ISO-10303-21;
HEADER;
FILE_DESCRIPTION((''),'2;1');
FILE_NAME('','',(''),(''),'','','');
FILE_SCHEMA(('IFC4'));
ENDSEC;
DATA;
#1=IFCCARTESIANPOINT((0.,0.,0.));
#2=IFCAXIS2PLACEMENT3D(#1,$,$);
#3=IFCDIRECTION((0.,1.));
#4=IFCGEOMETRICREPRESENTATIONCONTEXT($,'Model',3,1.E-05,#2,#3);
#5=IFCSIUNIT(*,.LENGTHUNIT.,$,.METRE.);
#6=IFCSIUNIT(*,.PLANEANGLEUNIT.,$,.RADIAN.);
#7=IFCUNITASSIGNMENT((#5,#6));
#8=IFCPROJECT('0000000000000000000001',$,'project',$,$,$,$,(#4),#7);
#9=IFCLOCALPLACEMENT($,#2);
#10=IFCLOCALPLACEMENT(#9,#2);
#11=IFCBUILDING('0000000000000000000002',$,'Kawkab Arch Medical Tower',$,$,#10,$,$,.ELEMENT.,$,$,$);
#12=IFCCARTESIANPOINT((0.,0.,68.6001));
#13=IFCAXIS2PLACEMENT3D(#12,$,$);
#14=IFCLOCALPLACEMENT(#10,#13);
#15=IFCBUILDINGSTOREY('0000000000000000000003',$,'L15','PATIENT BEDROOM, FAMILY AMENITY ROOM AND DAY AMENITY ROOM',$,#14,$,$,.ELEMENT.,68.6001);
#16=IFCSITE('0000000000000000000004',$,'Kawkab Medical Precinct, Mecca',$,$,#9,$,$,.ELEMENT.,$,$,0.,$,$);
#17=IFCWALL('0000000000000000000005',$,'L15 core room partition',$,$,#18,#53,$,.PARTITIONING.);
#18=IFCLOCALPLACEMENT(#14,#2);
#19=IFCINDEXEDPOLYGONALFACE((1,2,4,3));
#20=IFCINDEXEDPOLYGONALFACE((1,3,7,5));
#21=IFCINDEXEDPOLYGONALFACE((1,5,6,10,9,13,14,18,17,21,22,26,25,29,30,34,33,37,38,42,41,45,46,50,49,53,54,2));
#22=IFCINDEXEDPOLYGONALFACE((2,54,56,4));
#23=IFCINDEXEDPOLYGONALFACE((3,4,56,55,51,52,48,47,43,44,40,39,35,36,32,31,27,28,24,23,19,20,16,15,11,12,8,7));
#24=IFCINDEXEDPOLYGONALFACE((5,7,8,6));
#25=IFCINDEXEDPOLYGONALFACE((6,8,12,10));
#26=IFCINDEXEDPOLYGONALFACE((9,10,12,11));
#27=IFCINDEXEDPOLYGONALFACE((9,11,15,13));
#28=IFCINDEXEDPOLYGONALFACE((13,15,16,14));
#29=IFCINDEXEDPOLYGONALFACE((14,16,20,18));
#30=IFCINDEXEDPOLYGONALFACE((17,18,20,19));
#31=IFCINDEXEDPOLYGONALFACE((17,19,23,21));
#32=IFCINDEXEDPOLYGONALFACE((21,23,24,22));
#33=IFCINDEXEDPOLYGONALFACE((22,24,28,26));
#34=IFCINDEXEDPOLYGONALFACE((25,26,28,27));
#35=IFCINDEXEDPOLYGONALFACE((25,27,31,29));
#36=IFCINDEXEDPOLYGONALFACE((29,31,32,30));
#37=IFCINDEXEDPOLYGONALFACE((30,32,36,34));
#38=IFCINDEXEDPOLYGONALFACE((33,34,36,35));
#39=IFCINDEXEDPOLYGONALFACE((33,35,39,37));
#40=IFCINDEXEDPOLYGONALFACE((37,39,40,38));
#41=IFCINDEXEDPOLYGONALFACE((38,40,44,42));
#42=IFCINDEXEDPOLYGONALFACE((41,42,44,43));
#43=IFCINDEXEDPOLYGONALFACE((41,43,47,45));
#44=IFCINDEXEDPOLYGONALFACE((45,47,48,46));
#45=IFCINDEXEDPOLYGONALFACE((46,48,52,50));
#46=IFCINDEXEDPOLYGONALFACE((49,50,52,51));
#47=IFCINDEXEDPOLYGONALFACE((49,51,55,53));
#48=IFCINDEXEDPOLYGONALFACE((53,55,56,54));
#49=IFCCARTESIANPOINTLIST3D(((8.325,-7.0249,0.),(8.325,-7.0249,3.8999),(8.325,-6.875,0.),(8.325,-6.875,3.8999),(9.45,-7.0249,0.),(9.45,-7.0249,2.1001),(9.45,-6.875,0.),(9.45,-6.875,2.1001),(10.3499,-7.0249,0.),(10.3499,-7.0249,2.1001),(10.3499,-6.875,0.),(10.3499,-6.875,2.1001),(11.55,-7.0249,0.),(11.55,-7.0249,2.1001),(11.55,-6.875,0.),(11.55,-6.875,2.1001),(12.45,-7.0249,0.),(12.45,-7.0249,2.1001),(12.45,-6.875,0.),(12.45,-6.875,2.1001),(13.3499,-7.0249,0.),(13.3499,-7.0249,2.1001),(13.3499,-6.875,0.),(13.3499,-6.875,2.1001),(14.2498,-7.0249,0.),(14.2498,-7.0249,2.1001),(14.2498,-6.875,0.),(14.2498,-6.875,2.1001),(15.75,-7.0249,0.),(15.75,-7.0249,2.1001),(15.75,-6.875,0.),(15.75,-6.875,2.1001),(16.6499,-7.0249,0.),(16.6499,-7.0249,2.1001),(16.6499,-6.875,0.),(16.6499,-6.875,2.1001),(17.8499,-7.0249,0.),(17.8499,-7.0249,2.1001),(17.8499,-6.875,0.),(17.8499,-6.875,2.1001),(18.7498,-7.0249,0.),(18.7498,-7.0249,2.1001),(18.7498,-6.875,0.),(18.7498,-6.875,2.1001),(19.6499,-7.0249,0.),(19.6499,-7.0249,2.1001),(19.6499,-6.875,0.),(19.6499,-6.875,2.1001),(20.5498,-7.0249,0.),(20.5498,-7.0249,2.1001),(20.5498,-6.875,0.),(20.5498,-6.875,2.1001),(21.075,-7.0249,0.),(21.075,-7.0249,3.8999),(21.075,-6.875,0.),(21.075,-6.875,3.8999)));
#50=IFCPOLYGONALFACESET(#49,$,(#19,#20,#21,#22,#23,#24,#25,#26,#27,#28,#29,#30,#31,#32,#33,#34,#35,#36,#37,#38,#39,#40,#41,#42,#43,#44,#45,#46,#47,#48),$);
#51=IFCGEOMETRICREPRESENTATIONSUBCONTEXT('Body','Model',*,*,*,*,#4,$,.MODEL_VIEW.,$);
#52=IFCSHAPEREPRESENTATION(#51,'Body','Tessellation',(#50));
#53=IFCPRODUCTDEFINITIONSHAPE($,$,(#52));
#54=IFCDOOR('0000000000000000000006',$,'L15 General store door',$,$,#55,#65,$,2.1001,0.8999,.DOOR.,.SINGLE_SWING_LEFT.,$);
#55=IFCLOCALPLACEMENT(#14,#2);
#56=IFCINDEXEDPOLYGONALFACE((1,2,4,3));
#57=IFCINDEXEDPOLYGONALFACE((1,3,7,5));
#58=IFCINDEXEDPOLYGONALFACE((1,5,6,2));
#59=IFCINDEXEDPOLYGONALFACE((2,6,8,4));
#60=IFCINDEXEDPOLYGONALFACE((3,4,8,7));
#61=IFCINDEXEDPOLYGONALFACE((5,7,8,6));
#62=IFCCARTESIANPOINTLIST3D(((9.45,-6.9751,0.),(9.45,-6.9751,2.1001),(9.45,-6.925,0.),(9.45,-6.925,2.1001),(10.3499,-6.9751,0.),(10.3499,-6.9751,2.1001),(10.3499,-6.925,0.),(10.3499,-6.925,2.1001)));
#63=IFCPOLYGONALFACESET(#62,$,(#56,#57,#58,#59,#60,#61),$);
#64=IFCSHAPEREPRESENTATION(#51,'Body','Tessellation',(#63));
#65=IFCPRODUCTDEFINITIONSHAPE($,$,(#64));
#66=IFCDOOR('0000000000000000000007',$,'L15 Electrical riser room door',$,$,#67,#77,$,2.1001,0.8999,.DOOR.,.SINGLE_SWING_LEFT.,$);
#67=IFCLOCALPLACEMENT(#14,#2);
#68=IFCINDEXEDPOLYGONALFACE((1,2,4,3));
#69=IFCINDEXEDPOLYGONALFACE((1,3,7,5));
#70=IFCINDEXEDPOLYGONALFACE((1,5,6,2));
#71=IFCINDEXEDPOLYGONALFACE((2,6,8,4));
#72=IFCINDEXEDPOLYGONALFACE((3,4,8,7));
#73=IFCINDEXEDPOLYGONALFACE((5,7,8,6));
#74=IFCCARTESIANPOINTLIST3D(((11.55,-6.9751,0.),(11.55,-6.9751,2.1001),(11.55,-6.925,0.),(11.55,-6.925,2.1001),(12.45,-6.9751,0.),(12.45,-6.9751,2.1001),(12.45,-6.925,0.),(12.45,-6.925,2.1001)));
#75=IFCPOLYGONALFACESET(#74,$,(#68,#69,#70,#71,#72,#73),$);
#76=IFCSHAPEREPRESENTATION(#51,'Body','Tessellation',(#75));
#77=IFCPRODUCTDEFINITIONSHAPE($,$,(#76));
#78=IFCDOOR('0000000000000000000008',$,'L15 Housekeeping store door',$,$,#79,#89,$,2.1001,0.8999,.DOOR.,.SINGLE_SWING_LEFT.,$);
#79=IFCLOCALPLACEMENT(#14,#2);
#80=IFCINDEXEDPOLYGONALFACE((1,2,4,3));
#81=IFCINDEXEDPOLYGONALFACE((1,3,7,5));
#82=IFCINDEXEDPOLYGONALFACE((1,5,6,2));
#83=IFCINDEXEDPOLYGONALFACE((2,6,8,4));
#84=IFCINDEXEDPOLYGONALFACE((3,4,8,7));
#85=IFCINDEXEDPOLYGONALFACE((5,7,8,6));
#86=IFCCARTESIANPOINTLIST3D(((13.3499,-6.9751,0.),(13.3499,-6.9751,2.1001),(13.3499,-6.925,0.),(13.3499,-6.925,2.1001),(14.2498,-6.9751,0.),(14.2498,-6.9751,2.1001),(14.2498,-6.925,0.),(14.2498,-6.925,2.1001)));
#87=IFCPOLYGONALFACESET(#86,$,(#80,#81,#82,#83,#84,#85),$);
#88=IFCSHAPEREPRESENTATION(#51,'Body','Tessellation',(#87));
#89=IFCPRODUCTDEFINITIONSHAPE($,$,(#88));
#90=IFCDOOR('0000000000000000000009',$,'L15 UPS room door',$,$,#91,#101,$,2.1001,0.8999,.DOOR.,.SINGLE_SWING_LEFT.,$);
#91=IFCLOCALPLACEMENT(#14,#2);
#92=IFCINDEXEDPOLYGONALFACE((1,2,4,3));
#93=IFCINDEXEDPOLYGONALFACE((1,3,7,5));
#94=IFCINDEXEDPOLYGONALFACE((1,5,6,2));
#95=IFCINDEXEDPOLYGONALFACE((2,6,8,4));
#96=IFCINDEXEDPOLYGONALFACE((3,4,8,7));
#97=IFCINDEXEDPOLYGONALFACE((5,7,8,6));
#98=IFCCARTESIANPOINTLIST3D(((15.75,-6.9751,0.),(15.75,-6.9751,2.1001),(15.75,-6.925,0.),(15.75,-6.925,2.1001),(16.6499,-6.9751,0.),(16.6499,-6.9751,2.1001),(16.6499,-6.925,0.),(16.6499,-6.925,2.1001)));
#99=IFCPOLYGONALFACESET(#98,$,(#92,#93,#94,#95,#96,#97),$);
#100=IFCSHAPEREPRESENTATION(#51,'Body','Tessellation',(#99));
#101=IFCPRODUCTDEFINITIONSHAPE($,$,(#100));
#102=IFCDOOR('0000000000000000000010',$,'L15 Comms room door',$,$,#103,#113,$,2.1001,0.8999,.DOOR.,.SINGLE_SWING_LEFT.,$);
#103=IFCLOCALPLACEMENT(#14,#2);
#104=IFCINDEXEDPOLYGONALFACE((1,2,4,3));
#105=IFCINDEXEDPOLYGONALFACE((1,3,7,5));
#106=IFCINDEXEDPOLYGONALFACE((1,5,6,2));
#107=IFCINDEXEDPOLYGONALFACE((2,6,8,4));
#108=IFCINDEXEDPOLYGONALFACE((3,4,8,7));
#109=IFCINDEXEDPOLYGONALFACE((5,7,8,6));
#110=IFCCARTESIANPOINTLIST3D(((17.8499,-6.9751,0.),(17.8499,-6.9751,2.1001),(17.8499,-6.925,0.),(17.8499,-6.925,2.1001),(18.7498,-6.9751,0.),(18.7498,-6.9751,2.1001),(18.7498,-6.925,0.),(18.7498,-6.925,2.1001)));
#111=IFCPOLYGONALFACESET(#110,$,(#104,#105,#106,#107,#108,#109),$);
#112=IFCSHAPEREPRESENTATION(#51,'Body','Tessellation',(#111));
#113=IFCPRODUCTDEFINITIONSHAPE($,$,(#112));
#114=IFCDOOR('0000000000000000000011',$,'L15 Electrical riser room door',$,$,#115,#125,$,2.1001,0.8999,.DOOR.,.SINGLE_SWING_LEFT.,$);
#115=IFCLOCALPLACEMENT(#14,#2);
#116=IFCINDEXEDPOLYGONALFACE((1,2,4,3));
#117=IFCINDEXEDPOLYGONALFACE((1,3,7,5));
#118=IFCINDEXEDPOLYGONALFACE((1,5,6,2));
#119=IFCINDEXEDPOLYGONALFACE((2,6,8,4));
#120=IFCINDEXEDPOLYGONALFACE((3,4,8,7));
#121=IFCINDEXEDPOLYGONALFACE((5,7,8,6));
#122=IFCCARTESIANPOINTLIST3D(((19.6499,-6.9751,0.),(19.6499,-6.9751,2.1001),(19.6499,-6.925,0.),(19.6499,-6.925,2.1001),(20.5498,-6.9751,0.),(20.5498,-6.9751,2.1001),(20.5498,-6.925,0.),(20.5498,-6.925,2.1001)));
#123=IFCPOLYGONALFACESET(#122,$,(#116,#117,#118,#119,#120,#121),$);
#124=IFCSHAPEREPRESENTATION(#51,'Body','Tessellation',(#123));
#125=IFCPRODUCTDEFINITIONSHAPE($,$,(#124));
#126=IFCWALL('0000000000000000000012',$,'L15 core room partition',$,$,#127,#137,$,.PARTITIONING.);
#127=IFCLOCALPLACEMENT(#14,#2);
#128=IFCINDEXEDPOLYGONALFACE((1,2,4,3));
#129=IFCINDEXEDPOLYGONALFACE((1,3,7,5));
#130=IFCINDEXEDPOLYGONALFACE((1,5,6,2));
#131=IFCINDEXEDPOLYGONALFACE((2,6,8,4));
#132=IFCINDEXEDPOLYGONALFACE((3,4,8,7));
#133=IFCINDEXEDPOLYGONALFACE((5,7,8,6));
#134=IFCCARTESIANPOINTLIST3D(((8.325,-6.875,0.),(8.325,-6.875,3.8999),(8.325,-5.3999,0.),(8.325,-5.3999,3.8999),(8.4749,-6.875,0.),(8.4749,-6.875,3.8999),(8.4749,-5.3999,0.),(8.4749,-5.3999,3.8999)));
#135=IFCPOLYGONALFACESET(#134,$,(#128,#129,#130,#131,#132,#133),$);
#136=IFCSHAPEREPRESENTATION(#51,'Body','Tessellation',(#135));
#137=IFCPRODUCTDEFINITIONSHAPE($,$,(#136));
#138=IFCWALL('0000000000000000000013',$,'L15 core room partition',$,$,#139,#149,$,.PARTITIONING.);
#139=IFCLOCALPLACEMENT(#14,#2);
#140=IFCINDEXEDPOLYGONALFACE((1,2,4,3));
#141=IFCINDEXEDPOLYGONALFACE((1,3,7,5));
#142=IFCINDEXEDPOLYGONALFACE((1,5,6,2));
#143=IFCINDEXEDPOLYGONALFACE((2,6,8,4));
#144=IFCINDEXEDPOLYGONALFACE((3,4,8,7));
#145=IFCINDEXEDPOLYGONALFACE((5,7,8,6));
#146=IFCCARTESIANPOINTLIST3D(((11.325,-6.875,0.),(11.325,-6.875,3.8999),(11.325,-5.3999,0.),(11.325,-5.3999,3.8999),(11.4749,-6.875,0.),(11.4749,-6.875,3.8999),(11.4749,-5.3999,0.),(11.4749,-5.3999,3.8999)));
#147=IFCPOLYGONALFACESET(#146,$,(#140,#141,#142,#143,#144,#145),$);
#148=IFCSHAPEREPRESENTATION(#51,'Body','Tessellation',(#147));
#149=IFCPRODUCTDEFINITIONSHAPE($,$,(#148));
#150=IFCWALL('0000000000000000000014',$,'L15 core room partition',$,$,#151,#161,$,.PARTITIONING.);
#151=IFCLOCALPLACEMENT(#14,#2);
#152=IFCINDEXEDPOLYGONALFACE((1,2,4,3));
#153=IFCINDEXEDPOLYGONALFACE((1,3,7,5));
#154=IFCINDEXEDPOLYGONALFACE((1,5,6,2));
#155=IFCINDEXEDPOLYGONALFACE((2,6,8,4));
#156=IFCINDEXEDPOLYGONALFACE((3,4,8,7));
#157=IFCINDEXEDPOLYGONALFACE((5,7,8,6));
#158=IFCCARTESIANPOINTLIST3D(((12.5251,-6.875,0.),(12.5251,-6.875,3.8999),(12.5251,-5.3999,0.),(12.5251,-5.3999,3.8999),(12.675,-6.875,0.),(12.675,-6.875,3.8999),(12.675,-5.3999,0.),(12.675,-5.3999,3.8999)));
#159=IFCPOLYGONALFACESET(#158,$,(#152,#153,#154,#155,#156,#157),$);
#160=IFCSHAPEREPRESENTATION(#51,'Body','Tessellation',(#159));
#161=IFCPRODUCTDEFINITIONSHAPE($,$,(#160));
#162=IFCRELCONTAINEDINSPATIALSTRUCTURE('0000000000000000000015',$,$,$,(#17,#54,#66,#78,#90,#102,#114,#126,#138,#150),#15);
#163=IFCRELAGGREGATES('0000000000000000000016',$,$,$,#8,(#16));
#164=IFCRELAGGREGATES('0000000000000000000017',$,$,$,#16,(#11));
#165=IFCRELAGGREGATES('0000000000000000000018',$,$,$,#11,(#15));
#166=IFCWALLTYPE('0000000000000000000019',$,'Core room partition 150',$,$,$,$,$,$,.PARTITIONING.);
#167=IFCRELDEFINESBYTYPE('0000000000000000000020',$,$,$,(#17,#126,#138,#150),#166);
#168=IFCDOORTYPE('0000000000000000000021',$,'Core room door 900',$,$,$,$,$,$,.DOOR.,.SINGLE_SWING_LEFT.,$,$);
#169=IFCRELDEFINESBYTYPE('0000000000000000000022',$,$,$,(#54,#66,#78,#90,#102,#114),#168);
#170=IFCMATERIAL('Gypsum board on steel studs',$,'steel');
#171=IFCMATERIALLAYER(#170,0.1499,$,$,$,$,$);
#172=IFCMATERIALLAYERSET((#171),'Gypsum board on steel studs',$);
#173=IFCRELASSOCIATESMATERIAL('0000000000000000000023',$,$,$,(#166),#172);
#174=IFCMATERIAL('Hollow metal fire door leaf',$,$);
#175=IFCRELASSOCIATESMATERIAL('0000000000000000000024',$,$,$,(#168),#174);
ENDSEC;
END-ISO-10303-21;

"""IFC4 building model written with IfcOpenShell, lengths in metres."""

from ifc_helpers import new_model, si_unit, direction, frame, frame_2d, origin, place, context, subcontext, project, spatial, rectangle, extrude, material, layer, layer_set, type_object, element, fill, save


model = new_model("IFC4")

# Units and contexts
model_context = context("Model", 3, precision=1e-05, world=origin(), true_north=direction((0.0, 1.0)))
body_context = subcontext(model_context, "Body", "Model", "MODEL_VIEW")
ifc_project = project(units=[si_unit("LENGTHUNIT", "METRE"), si_unit("PLANEANGLEUNIT", "RADIAN")], contexts=[model_context])

# Site, building, storey
site_placement = place(None, origin())
site = spatial("IfcSite", under=ifc_project, at=site_placement, Name="Kawkab Medical Precinct, Mecca", CompositionType="ELEMENT", RefElevation=0.0)
building_placement = place(site_placement, origin())
building = spatial("IfcBuilding", under=site, at=building_placement, Name="Kawkab Arch Medical Tower", CompositionType="ELEMENT")
storey_placement = place(building_placement, frame((0.0, 0.0, 68.6001)))
storey = spatial("IfcBuildingStorey", under=building, at=storey_placement, Name="L15", Description="PATIENT BEDROOM, FAMILY AMENITY ROOM AND DAY AMENITY ROOM", CompositionType="ELEMENT", Elevation=68.6001)

# Wall, openings, doors
ifc_material_1 = material(Name="Gypsum board on steel studs", Category="steel")
ifc_layer_1 = layer(ifc_material_1, 0.1499)
ifc_layer_set_1 = layer_set([ifc_layer_1], Name="Gypsum board on steel studs")
wall_type = type_object("IfcWallType", Name="Core room partition 150", PredefinedType="PARTITIONING", material=ifc_layer_set_1)
wall_placement = place(storey_placement, frame((8.325, -6.95, 0.0), z_axis=(0.0, 0.0, 1.0), x_axis=(1.0, 0.0, 0.0)))
wall = element("IfcWall", 1, at=wall_placement, inside=storey, type_object=wall_type, Name="L15 core room partition", PredefinedType="PARTITIONING", context=body_context, shape_type="SweptSolid", body=[
    extrude(rectangle(XDim=12.75, YDim=0.1499, at=frame_2d((6.375, 0.0))), origin(), (0.0, 0.0, 1.0), 3.8999),
])
opening_1_placement = place(wall_placement, frame((1.125, 0.0, 0.0)))
opening_1 = element("IfcOpeningElement", 2, at=opening_1_placement, cuts=wall, PredefinedType="OPENING", context=body_context, shape_type="SweptSolid", body=[
    extrude(rectangle(XDim=0.8999, YDim=2.1001, at=frame_2d((0.45, 1.05))), frame((0.0, 0.085, 0.0), z_axis=(0.0, -1.0, 0.0), x_axis=(1.0, 0.0, 0.0)), (0.0, 0.0, 1.0), 0.1699),
])
opening_2_placement = place(wall_placement, frame((3.2251, 0.0, 0.0)))
opening_2 = element("IfcOpeningElement", 3, at=opening_2_placement, cuts=wall, PredefinedType="OPENING", context=body_context, shape_type="SweptSolid", body=[
    extrude(rectangle(XDim=0.8999, YDim=2.1001, at=frame_2d((0.45, 1.05))), frame((0.0, 0.085, 0.0), z_axis=(0.0, -1.0, 0.0), x_axis=(1.0, 0.0, 0.0)), (0.0, 0.0, 1.0), 0.1699),
])
opening_3_placement = place(wall_placement, frame((5.0249, 0.0, 0.0)))
opening_3 = element("IfcOpeningElement", 4, at=opening_3_placement, cuts=wall, PredefinedType="OPENING", context=body_context, shape_type="SweptSolid", body=[
    extrude(rectangle(XDim=0.8999, YDim=2.1001, at=frame_2d((0.45, 1.05))), frame((0.0, 0.085, 0.0), z_axis=(0.0, -1.0, 0.0), x_axis=(1.0, 0.0, 0.0)), (0.0, 0.0, 1.0), 0.1699),
])
opening_4_placement = place(wall_placement, frame((7.425, 0.0, 0.0)))
opening_4 = element("IfcOpeningElement", 5, at=opening_4_placement, cuts=wall, PredefinedType="OPENING", context=body_context, shape_type="SweptSolid", body=[
    extrude(rectangle(XDim=0.8999, YDim=2.1001, at=frame_2d((0.45, 1.05))), frame((0.0, 0.085, 0.0), z_axis=(0.0, -1.0, 0.0), x_axis=(1.0, 0.0, 0.0)), (0.0, 0.0, 1.0), 0.1699),
])
opening_5_placement = place(wall_placement, frame((9.5249, 0.0, 0.0)))
opening_5 = element("IfcOpeningElement", 6, at=opening_5_placement, cuts=wall, PredefinedType="OPENING", context=body_context, shape_type="SweptSolid", body=[
    extrude(rectangle(XDim=0.8999, YDim=2.1001, at=frame_2d((0.45, 1.05))), frame((0.0, 0.085, 0.0), z_axis=(0.0, -1.0, 0.0), x_axis=(1.0, 0.0, 0.0)), (0.0, 0.0, 1.0), 0.1699),
])
opening_6_placement = place(wall_placement, frame((11.325, 0.0, 0.0)))
opening_6 = element("IfcOpeningElement", 7, at=opening_6_placement, cuts=wall, PredefinedType="OPENING", context=body_context, shape_type="SweptSolid", body=[
    extrude(rectangle(XDim=0.8999, YDim=2.1001, at=frame_2d((0.45, 1.05))), frame((0.0, 0.085, 0.0), z_axis=(0.0, -1.0, 0.0), x_axis=(1.0, 0.0, 0.0)), (0.0, 0.0, 1.0), 0.1699),
])
ifc_material_2 = material(Name="Hollow metal fire door leaf")
door_type = type_object("IfcDoorType", Name="Core room door 900", OperationType="SINGLE_SWING_LEFT", PredefinedType="DOOR", material=ifc_material_2)
door_1_placement = place(opening_1_placement, origin())
door_1 = element("IfcDoor", 8, at=door_1_placement, inside=storey, type_object=door_type, Name="L15 General store door", OperationType="SINGLE_SWING_LEFT", OverallHeight=2.1001, OverallWidth=0.8999, PredefinedType="DOOR", context=body_context, shape_type="SweptSolid", body=[
    extrude(rectangle(XDim=0.8999, YDim=2.1001, at=frame_2d((0.45, 1.05))), frame((0.0, 0.0249, 0.0), z_axis=(0.0, -1.0, 0.0), x_axis=(1.0, 0.0, 0.0)), (0.0, 0.0, 1.0), 0.05),
])
fill(opening_1, door_1)
door_2_placement = place(opening_2_placement, origin())
door_2 = element("IfcDoor", 9, at=door_2_placement, inside=storey, type_object=door_type, Name="L15 Electrical riser room door", OperationType="SINGLE_SWING_LEFT", OverallHeight=2.1001, OverallWidth=0.8999, PredefinedType="DOOR", context=body_context, shape_type="SweptSolid", body=[
    extrude(rectangle(XDim=0.8999, YDim=2.1001, at=frame_2d((0.45, 1.05))), frame((0.0, 0.0249, 0.0), z_axis=(0.0, -1.0, 0.0), x_axis=(1.0, 0.0, 0.0)), (0.0, 0.0, 1.0), 0.05),
])
fill(opening_2, door_2)
door_3_placement = place(opening_3_placement, origin())
door_3 = element("IfcDoor", 10, at=door_3_placement, inside=storey, type_object=door_type, Name="L15 Housekeeping store door", OperationType="SINGLE_SWING_LEFT", OverallHeight=2.1001, OverallWidth=0.8999, PredefinedType="DOOR", context=body_context, shape_type="SweptSolid", body=[
    extrude(rectangle(XDim=0.8999, YDim=2.1001, at=frame_2d((0.45, 1.05))), frame((0.0, 0.0249, 0.0), z_axis=(0.0, -1.0, 0.0), x_axis=(1.0, 0.0, 0.0)), (0.0, 0.0, 1.0), 0.05),
])
fill(opening_3, door_3)
door_4_placement = place(opening_4_placement, origin())
door_4 = element("IfcDoor", 11, at=door_4_placement, inside=storey, type_object=door_type, Name="L15 UPS room door", OperationType="SINGLE_SWING_LEFT", OverallHeight=2.1001, OverallWidth=0.8999, PredefinedType="DOOR", context=body_context, shape_type="SweptSolid", body=[
    extrude(rectangle(XDim=0.8999, YDim=2.1001, at=frame_2d((0.45, 1.05))), frame((0.0, 0.0249, 0.0), z_axis=(0.0, -1.0, 0.0), x_axis=(1.0, 0.0, 0.0)), (0.0, 0.0, 1.0), 0.05),
])
fill(opening_4, door_4)
door_5_placement = place(opening_5_placement, origin())
door_5 = element("IfcDoor", 12, at=door_5_placement, inside=storey, type_object=door_type, Name="L15 Comms room door", OperationType="SINGLE_SWING_LEFT", OverallHeight=2.1001, OverallWidth=0.8999, PredefinedType="DOOR", context=body_context, shape_type="SweptSolid", body=[
    extrude(rectangle(XDim=0.8999, YDim=2.1001, at=frame_2d((0.45, 1.05))), frame((0.0, 0.0249, 0.0), z_axis=(0.0, -1.0, 0.0), x_axis=(1.0, 0.0, 0.0)), (0.0, 0.0, 1.0), 0.05),
])
fill(opening_5, door_5)
door_6_placement = place(opening_6_placement, origin())
door_6 = element("IfcDoor", 13, at=door_6_placement, inside=storey, type_object=door_type, Name="L15 Electrical riser room door", OperationType="SINGLE_SWING_LEFT", OverallHeight=2.1001, OverallWidth=0.8999, PredefinedType="DOOR", context=body_context, shape_type="SweptSolid", body=[
    extrude(rectangle(XDim=0.8999, YDim=2.1001, at=frame_2d((0.45, 1.05))), frame((0.0, 0.0249, 0.0), z_axis=(0.0, -1.0, 0.0), x_axis=(1.0, 0.0, 0.0)), (0.0, 0.0, 1.0), 0.05),
])
fill(opening_6, door_6)

# Walls
for number, where, z_axis, x_axis, name in (
    (14, (8.3999, -6.875, 0.0), (0.0, 0.0, 1.0), (0.0, 1.0, 0.0), "L15 core room partition"),
    (15, (11.3999, -6.875, 0.0), (0.0, 0.0, 1.0), (0.0, 1.0, 0.0), "L15 core room partition"),
    (16, (12.6001, -6.875, 0.0), (0.0, 0.0, 1.0), (0.0, 1.0, 0.0), "L15 core room partition"),
):
    element("IfcWall", number, at=place(storey_placement, frame(where, z_axis=z_axis, x_axis=x_axis)), inside=storey, type_object=wall_type, Name=name, PredefinedType="PARTITIONING", context=body_context, shape_type="SweptSolid", body=[
        extrude(rectangle(XDim=1.4751, YDim=0.1499, at=frame_2d((0.7375, 0.0))), origin(), (0.0, 0.0, 1.0), 3.8999),
    ])

save(model, "model.ifc")
